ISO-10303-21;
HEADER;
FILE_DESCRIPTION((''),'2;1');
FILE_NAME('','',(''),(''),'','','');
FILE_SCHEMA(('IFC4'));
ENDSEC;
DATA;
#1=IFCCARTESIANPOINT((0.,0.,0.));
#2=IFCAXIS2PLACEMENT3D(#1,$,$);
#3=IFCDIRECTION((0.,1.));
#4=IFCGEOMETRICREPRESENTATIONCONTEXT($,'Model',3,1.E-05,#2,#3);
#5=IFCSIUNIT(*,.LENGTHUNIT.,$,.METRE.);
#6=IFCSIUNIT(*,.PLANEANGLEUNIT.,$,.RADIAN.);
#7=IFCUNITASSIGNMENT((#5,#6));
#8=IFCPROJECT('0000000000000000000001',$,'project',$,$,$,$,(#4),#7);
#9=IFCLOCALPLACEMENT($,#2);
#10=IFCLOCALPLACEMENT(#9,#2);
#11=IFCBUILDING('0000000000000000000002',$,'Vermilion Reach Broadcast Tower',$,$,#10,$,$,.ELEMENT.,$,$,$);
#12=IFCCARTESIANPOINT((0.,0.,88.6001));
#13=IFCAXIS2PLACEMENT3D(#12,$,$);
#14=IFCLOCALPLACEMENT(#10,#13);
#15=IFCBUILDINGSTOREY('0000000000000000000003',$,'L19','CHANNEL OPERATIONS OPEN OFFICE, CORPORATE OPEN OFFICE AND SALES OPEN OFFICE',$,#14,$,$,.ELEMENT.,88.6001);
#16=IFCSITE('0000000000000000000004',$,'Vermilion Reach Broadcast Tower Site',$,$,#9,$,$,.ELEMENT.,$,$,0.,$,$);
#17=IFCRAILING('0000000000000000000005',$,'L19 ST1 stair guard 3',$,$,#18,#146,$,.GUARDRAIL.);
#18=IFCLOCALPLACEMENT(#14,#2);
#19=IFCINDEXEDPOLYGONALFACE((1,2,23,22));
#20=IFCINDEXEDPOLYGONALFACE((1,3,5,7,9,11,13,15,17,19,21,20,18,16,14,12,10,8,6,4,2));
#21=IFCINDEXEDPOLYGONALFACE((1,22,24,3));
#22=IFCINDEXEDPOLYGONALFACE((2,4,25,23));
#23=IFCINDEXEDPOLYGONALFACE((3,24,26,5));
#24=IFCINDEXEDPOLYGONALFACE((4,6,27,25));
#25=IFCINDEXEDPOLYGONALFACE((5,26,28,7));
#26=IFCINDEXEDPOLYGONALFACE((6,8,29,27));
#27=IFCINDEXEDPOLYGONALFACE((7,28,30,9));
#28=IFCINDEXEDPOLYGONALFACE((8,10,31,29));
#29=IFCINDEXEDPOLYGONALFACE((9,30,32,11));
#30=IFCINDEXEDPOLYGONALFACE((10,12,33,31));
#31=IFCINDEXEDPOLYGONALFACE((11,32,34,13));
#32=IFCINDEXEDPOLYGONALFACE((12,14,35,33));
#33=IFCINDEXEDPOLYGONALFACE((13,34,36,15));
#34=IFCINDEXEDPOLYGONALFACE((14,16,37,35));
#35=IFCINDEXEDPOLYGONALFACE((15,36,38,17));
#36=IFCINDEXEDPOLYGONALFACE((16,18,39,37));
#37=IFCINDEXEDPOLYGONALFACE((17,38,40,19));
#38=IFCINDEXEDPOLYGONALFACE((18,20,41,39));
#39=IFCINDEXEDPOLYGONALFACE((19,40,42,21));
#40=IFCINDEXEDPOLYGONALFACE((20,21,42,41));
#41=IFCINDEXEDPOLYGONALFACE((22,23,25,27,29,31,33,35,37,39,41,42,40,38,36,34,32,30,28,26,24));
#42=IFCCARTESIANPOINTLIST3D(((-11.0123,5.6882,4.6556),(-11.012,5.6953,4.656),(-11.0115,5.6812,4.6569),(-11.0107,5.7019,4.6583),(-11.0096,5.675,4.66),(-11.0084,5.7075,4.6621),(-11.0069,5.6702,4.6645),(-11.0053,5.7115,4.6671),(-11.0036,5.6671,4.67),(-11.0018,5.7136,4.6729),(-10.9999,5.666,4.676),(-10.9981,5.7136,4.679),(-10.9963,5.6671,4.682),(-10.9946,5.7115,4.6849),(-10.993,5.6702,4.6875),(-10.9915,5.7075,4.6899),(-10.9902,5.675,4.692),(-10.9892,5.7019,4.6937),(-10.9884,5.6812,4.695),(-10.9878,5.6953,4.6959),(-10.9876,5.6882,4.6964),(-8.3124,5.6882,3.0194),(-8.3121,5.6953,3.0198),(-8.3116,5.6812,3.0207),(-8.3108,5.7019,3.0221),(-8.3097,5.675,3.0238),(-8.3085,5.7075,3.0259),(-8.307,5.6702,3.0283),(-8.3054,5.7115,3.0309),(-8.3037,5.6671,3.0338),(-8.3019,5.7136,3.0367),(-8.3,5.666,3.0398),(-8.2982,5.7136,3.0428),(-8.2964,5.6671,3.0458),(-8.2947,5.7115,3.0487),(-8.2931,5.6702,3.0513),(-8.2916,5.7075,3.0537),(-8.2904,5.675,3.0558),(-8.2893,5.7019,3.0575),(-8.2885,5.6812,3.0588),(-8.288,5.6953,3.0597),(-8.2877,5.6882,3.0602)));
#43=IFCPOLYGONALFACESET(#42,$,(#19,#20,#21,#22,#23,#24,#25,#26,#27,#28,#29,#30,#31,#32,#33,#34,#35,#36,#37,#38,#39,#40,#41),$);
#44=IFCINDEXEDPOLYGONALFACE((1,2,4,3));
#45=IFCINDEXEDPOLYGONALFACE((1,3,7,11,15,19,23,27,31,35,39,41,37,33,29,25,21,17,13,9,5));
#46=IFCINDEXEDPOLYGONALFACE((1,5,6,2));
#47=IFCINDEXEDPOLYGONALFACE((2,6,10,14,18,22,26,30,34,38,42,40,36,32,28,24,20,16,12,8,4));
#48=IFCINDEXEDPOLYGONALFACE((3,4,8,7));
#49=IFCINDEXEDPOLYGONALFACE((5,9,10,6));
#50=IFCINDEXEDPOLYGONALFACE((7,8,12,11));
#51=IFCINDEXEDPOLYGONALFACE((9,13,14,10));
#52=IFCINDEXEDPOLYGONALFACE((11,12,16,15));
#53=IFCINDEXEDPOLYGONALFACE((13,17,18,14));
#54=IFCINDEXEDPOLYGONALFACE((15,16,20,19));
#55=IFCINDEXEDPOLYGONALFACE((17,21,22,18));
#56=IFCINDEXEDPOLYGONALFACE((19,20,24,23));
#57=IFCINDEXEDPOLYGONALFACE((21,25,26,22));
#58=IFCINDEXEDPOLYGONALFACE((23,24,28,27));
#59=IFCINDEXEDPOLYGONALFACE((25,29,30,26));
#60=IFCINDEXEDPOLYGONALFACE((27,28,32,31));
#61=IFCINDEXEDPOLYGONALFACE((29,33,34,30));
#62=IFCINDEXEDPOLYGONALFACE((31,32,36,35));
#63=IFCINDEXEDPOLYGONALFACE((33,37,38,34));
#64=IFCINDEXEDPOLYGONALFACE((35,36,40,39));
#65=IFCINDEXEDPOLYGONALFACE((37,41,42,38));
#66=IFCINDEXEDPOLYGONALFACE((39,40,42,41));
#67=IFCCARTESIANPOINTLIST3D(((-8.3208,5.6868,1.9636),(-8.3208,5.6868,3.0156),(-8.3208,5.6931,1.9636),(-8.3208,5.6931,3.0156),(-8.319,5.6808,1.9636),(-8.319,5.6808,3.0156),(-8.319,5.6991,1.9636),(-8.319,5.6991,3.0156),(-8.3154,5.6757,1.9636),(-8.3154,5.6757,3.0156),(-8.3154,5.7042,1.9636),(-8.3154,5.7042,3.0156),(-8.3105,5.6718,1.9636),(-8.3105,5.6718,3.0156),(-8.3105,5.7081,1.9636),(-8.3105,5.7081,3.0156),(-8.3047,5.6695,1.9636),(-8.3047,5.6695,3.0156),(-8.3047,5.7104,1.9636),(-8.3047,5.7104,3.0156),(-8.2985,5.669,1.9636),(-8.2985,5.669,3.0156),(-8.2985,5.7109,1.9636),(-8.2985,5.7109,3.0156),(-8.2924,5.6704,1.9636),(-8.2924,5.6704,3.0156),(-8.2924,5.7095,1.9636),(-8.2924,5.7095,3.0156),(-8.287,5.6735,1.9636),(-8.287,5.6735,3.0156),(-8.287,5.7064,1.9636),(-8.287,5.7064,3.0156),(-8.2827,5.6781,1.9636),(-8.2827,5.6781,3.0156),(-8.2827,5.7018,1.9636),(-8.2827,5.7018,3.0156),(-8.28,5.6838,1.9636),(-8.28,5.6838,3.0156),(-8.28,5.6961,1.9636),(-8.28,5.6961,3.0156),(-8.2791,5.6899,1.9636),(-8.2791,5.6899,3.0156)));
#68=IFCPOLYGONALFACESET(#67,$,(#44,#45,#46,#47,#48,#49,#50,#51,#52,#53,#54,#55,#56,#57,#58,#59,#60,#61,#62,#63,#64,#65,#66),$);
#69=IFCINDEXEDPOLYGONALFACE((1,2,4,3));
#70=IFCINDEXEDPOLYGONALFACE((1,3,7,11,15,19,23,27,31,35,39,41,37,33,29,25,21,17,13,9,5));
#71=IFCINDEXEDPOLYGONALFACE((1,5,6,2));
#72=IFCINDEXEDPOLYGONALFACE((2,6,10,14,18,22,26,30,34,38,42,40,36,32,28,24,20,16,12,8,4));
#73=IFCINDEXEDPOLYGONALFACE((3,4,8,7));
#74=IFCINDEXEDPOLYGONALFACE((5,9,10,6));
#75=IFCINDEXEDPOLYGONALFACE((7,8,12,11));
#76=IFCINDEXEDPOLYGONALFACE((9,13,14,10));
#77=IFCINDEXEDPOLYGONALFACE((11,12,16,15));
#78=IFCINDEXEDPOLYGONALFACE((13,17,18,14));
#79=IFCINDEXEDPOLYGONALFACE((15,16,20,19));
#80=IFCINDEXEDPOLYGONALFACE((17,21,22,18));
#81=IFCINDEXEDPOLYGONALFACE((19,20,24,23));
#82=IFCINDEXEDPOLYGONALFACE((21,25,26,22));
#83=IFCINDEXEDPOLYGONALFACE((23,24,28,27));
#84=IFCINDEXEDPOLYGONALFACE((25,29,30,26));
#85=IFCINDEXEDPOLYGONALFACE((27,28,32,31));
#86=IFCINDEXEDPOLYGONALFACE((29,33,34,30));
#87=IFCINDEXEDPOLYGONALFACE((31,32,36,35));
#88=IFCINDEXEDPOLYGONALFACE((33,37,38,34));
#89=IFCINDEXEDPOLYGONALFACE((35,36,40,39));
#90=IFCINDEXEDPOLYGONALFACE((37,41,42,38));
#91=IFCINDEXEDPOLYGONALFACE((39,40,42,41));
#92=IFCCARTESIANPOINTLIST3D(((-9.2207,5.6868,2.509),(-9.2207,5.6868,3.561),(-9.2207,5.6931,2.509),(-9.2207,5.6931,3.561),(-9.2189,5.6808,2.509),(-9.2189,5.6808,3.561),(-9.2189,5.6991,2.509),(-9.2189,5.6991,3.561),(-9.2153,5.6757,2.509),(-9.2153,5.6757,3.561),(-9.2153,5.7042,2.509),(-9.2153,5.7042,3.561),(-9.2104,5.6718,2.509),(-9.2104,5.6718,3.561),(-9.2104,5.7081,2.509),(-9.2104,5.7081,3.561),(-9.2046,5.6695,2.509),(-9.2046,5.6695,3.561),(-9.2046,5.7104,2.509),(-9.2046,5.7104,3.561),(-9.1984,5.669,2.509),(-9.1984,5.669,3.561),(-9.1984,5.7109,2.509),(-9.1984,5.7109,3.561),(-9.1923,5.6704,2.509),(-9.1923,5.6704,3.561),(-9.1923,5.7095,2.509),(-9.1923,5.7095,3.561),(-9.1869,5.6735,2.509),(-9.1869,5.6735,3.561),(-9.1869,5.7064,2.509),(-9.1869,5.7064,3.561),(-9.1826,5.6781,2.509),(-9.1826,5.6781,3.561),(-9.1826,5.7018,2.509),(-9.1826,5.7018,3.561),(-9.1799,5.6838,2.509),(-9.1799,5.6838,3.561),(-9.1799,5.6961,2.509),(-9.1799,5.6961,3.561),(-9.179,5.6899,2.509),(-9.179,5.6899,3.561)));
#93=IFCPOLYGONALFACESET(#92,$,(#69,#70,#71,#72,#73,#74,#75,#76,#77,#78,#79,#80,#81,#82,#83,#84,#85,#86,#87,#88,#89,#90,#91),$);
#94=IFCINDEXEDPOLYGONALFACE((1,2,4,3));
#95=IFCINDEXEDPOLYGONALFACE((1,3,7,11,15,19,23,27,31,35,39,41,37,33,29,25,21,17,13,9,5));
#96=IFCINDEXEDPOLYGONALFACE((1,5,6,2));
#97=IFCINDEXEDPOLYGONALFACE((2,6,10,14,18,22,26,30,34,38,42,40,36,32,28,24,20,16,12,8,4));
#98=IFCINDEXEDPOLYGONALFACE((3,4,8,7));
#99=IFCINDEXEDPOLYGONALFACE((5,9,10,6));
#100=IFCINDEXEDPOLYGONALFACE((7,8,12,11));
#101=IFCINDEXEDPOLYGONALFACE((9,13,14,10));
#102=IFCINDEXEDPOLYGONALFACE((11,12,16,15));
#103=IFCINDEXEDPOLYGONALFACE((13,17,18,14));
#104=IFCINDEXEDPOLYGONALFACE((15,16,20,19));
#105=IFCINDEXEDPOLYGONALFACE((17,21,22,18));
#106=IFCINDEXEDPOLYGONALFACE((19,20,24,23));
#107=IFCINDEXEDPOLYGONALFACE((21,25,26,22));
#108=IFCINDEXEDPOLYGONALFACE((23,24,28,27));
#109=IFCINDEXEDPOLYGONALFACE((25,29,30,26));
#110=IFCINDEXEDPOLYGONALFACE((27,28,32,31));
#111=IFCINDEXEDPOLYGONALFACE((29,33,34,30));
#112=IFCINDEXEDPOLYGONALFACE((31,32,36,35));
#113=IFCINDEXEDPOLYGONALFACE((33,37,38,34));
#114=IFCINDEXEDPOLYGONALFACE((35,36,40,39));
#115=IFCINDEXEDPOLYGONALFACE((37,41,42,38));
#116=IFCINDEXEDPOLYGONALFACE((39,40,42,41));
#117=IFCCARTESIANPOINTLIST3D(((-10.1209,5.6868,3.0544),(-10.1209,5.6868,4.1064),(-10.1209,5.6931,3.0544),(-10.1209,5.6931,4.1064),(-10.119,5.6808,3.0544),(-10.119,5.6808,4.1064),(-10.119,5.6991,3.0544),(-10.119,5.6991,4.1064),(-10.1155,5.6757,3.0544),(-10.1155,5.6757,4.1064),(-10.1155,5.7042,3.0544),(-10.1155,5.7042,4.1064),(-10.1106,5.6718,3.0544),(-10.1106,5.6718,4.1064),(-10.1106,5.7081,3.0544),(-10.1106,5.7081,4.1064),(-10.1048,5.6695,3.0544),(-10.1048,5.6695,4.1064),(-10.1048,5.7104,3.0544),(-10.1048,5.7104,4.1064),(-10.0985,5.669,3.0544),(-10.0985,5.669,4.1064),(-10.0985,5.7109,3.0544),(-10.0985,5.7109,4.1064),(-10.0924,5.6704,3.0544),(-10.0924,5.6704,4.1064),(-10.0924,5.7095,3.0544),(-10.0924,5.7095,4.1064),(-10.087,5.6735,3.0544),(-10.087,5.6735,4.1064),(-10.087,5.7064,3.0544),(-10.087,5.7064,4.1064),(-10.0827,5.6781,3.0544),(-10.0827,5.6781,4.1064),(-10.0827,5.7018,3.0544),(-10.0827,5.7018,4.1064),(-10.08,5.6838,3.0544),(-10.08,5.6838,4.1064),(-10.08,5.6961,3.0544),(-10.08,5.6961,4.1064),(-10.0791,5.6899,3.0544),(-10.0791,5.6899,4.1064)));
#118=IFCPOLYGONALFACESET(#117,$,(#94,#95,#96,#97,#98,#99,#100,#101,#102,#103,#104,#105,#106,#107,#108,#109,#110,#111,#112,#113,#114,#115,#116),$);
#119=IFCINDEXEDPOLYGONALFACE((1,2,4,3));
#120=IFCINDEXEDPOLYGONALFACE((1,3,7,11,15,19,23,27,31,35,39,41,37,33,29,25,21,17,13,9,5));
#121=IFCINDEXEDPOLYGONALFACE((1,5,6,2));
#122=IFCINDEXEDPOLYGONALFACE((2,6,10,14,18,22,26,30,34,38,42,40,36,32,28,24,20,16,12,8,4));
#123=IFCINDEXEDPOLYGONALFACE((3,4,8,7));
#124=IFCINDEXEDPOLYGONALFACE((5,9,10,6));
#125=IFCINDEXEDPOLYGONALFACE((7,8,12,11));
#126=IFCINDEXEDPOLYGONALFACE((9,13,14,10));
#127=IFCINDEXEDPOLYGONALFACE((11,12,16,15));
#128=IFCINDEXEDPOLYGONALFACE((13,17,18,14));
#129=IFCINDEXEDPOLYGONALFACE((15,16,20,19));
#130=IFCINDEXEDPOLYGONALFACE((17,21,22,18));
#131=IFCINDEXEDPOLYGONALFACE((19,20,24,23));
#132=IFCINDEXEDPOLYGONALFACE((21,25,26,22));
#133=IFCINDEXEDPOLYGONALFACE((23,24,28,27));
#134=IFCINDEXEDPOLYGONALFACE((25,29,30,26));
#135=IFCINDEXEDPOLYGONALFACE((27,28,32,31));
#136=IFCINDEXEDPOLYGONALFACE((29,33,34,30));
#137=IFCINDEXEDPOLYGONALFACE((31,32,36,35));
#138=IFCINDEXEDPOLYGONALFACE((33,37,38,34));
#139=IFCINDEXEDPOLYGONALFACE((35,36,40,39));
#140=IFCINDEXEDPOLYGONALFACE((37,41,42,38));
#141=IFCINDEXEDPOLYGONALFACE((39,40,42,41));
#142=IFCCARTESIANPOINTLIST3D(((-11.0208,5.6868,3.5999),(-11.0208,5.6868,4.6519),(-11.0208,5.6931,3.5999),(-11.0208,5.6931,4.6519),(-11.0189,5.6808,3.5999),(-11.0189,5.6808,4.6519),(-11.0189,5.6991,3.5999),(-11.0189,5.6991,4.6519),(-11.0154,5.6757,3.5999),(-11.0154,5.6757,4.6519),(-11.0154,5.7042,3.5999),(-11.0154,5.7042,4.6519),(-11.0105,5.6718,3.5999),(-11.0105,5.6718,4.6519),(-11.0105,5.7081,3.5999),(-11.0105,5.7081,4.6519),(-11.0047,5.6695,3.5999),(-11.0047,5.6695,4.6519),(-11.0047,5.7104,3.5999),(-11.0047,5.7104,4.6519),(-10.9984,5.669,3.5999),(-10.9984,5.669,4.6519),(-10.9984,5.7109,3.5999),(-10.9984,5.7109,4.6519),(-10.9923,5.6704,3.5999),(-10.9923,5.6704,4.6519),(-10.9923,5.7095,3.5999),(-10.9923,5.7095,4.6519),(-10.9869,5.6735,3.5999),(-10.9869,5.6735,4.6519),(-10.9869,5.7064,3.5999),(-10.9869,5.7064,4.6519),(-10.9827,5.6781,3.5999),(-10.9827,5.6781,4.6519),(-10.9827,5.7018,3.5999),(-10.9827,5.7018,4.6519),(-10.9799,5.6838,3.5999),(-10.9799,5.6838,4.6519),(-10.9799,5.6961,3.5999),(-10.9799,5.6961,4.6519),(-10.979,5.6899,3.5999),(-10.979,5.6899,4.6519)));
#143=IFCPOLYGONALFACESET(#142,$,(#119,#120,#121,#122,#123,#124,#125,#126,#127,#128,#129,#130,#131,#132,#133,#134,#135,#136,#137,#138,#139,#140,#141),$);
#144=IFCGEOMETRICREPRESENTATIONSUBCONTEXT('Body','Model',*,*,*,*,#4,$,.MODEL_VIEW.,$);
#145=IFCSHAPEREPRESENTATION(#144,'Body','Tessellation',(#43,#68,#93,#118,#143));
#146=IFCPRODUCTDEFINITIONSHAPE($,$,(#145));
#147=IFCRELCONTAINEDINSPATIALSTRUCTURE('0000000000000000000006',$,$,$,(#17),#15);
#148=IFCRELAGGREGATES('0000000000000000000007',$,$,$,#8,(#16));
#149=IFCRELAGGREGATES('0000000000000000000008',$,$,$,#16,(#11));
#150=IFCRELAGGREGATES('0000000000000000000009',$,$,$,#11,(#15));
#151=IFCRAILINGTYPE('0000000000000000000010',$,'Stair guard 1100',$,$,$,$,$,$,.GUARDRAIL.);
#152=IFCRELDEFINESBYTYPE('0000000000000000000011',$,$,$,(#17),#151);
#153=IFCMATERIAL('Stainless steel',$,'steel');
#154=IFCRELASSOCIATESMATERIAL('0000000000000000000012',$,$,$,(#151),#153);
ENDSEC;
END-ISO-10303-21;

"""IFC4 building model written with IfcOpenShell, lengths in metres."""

from ifc_helpers import new_model, si_unit, direction, frame, origin, origin_2d, place, context, subcontext, project, spatial, circle, extrude, material, type_object, element, save


model = new_model("IFC4")

# Units and contexts
model_context = context("Model", 3, precision=1e-05, world=origin(), true_north=direction((0.0, 1.0)))
body_context = subcontext(model_context, "Body", "Model", "MODEL_VIEW")
ifc_project = project(units=[si_unit("LENGTHUNIT", "METRE"), si_unit("PLANEANGLEUNIT", "RADIAN")], contexts=[model_context])

# Site, building, storey
site_placement = place(None, origin())
site = spatial("IfcSite", under=ifc_project, at=site_placement, Name="Vermilion Reach Broadcast Tower Site", CompositionType="ELEMENT", RefElevation=0.0)
building_placement = place(site_placement, origin())
building = spatial("IfcBuilding", under=site, at=building_placement, Name="Vermilion Reach Broadcast Tower", CompositionType="ELEMENT")
storey_placement = place(building_placement, frame((0.0, 0.0, 88.6001)))
storey = spatial("IfcBuildingStorey", under=building, at=storey_placement, Name="L19", Description="CHANNEL OPERATIONS OPEN OFFICE, CORPORATE OPEN OFFICE AND SALES OPEN OFFICE", CompositionType="ELEMENT", Elevation=88.6001)

# Railing
ifc_material_1 = material(Name="Stainless steel", Category="steel")
railing_type_1 = type_object("IfcRailingType", Name="Stair guard 1100", PredefinedType="GUARDRAIL", material=ifc_material_1)
railing_1_placement = place(storey_placement, frame((-8.3, 5.6899, 1.9636)))
element("IfcRailing", 1, at=railing_1_placement, inside=storey, type_object=railing_type_1, Name="L19 ST1 stair guard 3", PredefinedType="GUARDRAIL", context=body_context, shape_type="SweptSolid", body=[
    extrude(circle(Radius=0.0239, at=origin_2d()), frame((0.0, 0.0, 1.0762), z_axis=(-0.855212, 0.0, 0.518278), x_axis=(0.0, -1.0, 0.0)), (0.0, 0.0, 1.0), 3.157),
    extrude(circle(Radius=0.021, at=origin_2d()), origin(), (0.0, 0.0, 1.0), 1.052),
    extrude(circle(Radius=0.021, at=origin_2d()), frame((-0.8999, 0.0, 0.5454)), (0.0, 0.0, 1.0), 1.052),
    extrude(circle(Radius=0.021, at=origin_2d()), frame((-1.8, 0.0, 1.0908)), (0.0, 0.0, 1.0), 1.052),
    extrude(circle(Radius=0.021, at=origin_2d()), frame((-2.7, 0.0, 1.6362)), (0.0, 0.0, 1.0), 1.052),
])

save(model, "model.ifc")
